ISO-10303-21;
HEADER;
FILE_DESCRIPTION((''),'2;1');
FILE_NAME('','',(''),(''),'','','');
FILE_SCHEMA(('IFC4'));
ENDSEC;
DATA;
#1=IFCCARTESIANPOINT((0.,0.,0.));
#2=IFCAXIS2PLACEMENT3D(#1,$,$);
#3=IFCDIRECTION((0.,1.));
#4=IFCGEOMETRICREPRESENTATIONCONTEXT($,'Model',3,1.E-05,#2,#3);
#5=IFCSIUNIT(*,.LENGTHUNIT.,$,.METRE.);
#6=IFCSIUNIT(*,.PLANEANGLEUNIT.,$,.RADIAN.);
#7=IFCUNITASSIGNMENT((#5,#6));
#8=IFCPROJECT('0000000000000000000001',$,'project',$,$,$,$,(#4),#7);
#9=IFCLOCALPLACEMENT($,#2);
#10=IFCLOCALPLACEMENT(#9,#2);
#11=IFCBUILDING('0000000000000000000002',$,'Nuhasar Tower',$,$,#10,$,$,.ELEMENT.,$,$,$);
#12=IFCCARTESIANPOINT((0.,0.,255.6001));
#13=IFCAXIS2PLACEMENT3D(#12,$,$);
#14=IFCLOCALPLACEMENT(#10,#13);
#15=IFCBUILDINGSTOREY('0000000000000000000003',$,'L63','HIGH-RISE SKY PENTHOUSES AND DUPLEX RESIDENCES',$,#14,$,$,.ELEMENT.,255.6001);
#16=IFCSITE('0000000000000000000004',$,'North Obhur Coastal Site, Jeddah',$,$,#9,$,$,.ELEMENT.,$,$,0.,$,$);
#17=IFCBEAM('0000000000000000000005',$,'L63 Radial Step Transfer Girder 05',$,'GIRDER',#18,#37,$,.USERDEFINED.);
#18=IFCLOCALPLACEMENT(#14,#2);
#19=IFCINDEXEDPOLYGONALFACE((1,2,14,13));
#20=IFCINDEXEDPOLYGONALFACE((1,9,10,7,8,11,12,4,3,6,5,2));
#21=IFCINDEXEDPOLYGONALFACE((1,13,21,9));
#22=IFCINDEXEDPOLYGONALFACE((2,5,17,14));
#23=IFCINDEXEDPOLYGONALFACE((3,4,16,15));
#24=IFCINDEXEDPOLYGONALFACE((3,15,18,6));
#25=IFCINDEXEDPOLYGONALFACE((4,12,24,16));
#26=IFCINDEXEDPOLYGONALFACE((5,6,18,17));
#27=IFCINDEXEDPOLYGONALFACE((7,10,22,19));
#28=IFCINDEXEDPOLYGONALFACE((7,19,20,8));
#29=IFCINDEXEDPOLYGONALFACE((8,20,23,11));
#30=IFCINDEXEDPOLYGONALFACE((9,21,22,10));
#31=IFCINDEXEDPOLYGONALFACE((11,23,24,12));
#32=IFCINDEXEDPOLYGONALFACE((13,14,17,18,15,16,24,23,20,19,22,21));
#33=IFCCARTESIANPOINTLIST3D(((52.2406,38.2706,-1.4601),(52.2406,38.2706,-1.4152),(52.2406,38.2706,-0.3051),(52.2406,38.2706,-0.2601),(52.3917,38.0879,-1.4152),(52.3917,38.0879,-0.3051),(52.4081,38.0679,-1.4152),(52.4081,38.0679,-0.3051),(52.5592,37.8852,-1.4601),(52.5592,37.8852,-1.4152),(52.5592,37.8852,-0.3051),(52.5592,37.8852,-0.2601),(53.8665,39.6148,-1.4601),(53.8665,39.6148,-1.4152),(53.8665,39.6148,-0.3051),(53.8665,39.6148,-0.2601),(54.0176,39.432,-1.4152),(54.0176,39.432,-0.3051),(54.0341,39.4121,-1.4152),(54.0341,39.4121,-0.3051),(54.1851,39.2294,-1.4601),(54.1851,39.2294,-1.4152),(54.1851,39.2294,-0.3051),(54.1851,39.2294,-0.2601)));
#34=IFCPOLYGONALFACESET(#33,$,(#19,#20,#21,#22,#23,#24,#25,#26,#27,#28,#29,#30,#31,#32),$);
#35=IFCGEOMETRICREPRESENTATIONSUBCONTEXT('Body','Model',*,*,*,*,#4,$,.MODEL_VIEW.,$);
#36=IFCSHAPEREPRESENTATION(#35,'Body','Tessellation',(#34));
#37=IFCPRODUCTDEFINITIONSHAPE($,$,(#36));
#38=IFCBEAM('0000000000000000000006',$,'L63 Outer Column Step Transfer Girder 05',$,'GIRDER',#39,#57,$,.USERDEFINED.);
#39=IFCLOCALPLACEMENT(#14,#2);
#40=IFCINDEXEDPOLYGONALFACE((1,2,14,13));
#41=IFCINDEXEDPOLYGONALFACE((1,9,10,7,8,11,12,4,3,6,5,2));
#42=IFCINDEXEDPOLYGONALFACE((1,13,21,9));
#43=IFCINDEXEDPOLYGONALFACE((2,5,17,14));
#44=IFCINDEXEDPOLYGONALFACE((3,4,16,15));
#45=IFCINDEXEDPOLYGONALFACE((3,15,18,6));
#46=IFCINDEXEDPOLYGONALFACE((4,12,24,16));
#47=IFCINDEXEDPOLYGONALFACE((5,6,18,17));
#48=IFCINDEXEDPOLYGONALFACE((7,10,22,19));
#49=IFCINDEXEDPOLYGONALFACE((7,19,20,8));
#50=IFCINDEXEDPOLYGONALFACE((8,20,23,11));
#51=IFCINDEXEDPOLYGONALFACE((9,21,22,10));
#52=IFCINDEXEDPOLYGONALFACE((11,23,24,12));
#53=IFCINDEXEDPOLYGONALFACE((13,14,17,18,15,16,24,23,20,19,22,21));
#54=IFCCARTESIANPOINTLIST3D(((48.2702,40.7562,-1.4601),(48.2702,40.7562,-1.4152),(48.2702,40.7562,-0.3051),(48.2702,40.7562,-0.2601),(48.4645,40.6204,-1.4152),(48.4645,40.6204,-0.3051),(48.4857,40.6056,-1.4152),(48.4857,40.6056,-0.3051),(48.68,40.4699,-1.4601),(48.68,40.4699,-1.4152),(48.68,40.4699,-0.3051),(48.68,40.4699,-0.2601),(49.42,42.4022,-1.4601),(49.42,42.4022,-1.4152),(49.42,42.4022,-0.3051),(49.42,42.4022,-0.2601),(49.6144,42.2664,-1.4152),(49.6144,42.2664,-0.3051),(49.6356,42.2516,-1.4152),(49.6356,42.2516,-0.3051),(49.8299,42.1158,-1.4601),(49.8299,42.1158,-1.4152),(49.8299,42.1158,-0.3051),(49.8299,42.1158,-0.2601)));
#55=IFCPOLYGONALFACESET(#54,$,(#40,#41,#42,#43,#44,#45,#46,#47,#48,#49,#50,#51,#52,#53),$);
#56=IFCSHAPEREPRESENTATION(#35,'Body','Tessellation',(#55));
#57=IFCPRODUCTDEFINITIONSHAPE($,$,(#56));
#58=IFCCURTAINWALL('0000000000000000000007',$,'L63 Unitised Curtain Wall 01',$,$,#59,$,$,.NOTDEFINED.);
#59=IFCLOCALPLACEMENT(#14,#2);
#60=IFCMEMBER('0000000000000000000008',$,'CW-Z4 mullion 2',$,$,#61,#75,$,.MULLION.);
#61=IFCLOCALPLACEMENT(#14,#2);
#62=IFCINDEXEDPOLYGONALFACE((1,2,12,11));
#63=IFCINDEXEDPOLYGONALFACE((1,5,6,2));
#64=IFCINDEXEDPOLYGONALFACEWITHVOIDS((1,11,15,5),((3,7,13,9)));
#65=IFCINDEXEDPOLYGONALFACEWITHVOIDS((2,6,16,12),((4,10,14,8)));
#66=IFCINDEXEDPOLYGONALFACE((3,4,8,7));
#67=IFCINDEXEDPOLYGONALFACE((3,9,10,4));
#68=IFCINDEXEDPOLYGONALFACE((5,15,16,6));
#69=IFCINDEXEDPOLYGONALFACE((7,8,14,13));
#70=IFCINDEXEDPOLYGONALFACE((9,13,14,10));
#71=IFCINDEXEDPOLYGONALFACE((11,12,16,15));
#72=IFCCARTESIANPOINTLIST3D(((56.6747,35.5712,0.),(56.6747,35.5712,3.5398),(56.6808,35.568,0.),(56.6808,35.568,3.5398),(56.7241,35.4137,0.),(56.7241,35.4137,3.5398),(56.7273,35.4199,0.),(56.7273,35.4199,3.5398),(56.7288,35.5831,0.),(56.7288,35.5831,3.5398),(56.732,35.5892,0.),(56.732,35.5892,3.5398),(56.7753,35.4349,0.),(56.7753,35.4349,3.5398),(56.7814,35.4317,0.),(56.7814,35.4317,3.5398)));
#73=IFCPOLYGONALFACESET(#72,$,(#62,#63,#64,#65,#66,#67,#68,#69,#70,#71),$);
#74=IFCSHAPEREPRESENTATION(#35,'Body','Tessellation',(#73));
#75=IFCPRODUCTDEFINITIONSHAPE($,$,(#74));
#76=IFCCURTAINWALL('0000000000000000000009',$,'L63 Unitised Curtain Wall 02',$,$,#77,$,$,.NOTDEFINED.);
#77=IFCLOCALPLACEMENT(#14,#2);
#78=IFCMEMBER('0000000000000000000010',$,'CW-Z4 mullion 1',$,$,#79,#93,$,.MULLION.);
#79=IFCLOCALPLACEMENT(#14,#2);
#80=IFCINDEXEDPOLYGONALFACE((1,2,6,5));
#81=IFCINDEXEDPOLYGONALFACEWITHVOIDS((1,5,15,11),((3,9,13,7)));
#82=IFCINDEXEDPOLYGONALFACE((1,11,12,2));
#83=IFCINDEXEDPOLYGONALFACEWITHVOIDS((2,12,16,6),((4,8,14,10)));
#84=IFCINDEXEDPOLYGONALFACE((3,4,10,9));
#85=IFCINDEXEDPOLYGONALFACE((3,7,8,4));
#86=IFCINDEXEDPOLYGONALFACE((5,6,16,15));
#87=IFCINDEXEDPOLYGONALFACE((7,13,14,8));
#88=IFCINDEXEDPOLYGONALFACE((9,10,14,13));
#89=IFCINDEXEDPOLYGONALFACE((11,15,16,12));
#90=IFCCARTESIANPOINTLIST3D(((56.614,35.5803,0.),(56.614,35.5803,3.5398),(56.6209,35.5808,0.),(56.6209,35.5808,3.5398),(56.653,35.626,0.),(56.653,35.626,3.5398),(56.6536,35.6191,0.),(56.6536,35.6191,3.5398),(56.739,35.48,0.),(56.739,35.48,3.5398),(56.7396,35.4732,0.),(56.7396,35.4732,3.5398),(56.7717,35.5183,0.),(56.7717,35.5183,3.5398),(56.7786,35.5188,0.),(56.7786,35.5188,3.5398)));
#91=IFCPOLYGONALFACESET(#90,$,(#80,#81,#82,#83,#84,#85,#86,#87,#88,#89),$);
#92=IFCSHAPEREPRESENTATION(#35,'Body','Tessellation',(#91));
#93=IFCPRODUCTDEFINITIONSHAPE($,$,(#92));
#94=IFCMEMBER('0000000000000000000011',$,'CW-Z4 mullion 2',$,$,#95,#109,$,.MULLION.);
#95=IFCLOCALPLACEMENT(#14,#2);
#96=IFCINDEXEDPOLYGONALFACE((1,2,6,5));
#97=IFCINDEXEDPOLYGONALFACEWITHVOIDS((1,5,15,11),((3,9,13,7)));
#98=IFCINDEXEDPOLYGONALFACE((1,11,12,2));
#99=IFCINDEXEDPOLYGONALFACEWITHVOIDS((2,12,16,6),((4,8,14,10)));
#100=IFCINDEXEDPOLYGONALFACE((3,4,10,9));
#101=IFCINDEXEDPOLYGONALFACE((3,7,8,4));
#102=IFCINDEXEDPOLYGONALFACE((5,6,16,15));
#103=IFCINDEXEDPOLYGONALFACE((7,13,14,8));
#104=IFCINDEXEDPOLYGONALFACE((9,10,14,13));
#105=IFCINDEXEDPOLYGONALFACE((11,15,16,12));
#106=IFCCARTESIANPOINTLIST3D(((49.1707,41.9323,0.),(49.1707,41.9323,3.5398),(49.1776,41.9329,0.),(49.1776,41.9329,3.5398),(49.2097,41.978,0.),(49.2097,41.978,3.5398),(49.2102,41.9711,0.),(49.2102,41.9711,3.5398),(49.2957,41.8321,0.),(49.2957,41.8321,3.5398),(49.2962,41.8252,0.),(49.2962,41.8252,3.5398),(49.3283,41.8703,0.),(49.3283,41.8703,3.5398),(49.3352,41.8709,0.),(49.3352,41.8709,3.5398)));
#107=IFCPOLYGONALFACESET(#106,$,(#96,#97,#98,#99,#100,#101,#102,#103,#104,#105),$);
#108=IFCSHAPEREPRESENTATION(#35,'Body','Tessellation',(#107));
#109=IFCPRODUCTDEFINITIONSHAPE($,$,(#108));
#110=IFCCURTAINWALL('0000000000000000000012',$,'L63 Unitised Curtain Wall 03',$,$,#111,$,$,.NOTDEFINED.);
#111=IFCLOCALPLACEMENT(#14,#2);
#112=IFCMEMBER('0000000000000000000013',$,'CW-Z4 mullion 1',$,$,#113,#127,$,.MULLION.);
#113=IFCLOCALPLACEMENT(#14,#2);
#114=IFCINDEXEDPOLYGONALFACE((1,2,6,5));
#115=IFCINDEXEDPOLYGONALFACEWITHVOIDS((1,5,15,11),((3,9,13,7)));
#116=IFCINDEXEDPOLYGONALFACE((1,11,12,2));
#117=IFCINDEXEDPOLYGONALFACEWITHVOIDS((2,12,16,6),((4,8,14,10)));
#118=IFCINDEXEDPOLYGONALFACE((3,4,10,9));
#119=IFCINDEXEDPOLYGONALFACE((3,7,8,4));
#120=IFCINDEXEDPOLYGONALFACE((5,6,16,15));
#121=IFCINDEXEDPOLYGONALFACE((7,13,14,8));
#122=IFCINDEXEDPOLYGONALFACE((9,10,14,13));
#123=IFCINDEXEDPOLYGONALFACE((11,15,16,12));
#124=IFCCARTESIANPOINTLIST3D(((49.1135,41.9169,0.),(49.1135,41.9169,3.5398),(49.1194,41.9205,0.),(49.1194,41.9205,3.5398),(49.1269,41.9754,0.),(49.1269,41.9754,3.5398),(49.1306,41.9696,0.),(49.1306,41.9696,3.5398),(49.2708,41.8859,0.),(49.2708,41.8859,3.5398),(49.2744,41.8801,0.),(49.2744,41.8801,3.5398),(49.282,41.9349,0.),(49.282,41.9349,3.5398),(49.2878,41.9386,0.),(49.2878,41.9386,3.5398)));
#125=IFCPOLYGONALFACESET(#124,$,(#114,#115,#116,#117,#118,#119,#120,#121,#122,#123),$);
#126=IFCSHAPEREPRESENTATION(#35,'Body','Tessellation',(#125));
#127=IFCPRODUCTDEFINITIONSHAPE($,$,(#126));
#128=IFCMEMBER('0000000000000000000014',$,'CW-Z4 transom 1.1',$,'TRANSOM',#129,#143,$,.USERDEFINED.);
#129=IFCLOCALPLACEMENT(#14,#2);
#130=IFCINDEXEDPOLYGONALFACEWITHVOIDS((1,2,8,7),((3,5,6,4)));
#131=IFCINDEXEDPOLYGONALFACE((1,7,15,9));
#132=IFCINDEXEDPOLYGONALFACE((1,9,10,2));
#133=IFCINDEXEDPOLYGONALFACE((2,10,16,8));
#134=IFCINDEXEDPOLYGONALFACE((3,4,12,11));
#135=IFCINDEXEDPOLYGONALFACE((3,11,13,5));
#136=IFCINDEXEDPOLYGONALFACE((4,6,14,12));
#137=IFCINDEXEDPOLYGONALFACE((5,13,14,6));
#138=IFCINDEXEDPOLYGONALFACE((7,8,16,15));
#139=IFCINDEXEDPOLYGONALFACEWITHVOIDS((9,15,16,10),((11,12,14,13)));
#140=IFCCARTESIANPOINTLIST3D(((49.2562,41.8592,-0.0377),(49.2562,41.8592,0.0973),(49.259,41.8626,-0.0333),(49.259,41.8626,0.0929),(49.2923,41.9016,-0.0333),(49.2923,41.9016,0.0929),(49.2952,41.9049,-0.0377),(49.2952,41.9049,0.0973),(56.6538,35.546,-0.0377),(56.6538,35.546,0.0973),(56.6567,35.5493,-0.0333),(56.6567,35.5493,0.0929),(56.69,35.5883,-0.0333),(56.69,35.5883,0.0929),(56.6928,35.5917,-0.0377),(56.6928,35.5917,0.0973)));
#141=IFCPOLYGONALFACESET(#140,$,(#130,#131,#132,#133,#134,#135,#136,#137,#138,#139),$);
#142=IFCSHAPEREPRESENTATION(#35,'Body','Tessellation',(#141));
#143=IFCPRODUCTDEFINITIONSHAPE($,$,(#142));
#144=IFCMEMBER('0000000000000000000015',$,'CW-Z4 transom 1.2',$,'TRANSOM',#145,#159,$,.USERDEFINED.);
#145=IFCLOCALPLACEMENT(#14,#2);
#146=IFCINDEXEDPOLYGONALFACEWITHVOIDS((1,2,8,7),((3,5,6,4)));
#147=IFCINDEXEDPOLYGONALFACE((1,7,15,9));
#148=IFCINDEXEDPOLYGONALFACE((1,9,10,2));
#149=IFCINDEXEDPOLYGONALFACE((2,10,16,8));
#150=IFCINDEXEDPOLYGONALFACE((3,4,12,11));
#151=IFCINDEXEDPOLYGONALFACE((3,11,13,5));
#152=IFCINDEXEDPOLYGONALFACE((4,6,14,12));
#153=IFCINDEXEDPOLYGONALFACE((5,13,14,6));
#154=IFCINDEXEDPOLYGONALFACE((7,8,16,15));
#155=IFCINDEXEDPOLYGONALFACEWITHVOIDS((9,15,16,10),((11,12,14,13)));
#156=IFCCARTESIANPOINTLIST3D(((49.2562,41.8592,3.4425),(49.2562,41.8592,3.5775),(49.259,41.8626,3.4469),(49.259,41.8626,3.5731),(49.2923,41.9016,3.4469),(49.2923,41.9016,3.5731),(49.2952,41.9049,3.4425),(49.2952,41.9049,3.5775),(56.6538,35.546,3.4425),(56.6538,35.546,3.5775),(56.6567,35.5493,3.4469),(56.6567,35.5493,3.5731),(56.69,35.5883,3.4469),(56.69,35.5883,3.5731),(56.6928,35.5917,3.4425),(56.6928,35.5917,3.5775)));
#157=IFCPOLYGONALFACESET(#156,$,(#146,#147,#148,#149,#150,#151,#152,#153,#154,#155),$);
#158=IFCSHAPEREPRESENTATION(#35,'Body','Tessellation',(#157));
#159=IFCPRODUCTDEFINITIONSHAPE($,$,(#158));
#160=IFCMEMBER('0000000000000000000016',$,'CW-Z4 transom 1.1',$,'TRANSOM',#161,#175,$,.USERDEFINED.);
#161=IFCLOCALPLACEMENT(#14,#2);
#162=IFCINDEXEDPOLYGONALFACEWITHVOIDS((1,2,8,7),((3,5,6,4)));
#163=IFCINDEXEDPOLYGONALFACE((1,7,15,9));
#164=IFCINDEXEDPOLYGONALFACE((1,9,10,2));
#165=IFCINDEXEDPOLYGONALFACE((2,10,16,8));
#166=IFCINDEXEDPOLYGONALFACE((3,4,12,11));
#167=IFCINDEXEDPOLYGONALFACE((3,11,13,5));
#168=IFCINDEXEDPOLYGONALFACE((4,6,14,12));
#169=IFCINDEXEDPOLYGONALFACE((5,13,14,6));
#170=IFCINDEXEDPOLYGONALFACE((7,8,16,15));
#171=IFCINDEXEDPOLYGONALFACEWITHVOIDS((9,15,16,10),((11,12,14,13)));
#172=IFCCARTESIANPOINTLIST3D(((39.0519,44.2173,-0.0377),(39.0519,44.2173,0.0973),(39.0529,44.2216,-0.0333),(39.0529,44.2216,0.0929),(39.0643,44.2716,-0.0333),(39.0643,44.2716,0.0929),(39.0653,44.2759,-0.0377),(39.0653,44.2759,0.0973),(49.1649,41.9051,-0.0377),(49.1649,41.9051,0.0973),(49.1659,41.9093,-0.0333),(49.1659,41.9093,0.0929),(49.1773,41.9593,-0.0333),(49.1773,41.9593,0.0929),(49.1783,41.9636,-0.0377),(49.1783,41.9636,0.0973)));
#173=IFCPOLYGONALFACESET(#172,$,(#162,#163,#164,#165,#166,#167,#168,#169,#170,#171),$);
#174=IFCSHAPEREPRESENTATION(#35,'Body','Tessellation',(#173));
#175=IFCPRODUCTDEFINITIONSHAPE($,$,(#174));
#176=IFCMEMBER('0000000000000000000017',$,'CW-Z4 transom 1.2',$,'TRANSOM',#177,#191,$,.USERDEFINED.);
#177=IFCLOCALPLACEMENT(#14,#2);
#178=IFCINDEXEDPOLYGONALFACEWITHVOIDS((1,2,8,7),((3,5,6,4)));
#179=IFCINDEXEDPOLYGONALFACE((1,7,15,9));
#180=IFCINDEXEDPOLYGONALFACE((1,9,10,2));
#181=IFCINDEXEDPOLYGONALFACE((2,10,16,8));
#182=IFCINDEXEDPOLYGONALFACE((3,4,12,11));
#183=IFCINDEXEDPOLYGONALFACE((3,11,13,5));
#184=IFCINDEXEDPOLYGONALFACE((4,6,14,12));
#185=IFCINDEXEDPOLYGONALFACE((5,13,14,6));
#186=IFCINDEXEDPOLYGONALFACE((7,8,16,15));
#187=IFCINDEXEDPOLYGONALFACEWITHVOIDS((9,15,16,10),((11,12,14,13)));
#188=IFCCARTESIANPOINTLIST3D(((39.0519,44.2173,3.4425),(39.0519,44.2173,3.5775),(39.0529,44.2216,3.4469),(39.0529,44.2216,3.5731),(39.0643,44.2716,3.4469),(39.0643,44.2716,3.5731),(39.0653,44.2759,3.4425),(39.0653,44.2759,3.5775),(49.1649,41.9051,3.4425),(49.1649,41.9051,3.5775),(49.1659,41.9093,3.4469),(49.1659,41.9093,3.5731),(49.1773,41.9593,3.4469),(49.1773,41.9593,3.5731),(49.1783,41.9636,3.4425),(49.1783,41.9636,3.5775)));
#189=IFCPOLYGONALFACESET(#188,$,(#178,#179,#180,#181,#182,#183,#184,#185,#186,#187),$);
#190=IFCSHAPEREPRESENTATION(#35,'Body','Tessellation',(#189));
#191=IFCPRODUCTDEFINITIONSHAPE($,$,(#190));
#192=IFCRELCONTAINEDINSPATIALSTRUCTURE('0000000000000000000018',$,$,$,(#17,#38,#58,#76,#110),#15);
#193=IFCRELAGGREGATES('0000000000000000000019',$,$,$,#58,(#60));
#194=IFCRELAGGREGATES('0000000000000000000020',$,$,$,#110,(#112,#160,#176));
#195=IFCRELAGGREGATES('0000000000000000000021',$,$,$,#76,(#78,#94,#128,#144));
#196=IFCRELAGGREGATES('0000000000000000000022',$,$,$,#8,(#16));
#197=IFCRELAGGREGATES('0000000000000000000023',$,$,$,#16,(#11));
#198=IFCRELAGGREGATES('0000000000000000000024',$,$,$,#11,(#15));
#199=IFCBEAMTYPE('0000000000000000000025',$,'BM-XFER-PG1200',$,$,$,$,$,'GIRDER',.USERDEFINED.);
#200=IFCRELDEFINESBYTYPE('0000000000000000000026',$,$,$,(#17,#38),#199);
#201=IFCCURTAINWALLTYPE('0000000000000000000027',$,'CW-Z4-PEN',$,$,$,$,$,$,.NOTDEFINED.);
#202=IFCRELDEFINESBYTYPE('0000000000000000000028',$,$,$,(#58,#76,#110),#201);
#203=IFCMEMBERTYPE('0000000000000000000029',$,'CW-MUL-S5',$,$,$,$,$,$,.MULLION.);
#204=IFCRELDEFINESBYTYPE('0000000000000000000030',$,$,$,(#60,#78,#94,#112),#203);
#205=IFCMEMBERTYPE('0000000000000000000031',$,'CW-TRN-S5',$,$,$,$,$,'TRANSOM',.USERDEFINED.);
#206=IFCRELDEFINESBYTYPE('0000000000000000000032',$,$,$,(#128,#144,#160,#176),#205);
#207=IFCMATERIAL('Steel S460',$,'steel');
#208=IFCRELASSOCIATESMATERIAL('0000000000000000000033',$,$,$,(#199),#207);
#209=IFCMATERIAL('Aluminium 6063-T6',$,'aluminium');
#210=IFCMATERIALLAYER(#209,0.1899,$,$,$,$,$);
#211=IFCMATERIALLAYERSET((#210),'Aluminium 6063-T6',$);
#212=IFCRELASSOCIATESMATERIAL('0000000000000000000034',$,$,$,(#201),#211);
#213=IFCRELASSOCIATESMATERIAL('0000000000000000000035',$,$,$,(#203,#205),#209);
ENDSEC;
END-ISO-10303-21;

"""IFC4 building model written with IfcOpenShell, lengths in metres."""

from ifc_helpers import new_model, si_unit, direction, frame, origin, origin_2d, place, context, subcontext, project, spatial, hollow_rectangle, i_section, extrude, material, layer, layer_set, material_profile, profile_set, type_object, element, aggregate, save


model = new_model("IFC4")

# Units and contexts
model_context = context("Model", 3, precision=1e-05, world=origin(), true_north=direction((0.0, 1.0)))
body_context = subcontext(model_context, "Body", "Model", "MODEL_VIEW")
ifc_project = project(units=[si_unit("LENGTHUNIT", "METRE"), si_unit("PLANEANGLEUNIT", "RADIAN")], contexts=[model_context])

# Site, building, storey
site_placement = place(None, origin())
site = spatial("IfcSite", under=ifc_project, at=site_placement, Name="North Obhur Coastal Site, Jeddah", CompositionType="ELEMENT", RefElevation=0.0)
building_placement = place(site_placement, origin())
building = spatial("IfcBuilding", under=site, at=building_placement, Name="Nuhasar Tower", CompositionType="ELEMENT")
storey_placement = place(building_placement, frame((0.0, 0.0, 255.6001)))
storey = spatial("IfcBuildingStorey", under=building, at=storey_placement, Name="L63", Description="HIGH-RISE SKY PENTHOUSES AND DUPLEX RESIDENCES", CompositionType="ELEMENT", Elevation=255.6001)

# Beams
ifc_material_1 = material(Name="Steel S460", Category="steel")
ifc_material_profile_1 = material_profile(ifc_material_1, i_section(OverallWidth=0.5, OverallDepth=1.2, WebThickness=0.0259, FlangeThickness=0.0449, at=origin_2d()), Name="PG1200X500")
ifc_profile_set_1 = profile_set([ifc_material_profile_1], Name="Steel S460")
beam_type_1 = type_object("IfcBeamType", Name="BM-XFER-PG1200", ElementType="GIRDER", PredefinedType="USERDEFINED", material=ifc_profile_set_1)
beam_1_placement = place(storey_placement, frame((52.3999, 38.0779, -0.8601), z_axis=(0.77072, 0.637174, 0.0), x_axis=(-0.637174, 0.77072, 0.0)))
element("IfcBeam", 1, at=beam_1_placement, inside=storey, type_object=beam_type_1, Name="L63 Radial Step Transfer Girder 05", ObjectType="GIRDER", PredefinedType="USERDEFINED", context=body_context, shape_type="SweptSolid", body=[
    extrude(i_section(OverallWidth=0.5, OverallDepth=1.2, WebThickness=0.0259, FlangeThickness=0.0449, at=origin_2d()), origin(), (0.0, 0.0, 1.0), 2.1096),
])
beam_2_placement = place(storey_placement, frame((48.4751, 40.613, -0.8601), z_axis=(0.572695, 0.819769, 0.0), x_axis=(-0.819769, 0.572695, 0.0)))
element("IfcBeam", 2, at=beam_2_placement, inside=storey, type_object=beam_type_1, Name="L63 Outer Column Step Transfer Girder 05", ObjectType="GIRDER", PredefinedType="USERDEFINED", context=body_context, shape_type="SweptSolid", body=[
    extrude(i_section(OverallWidth=0.5, OverallDepth=1.2, WebThickness=0.0259, FlangeThickness=0.0449, at=origin_2d()), origin(), (0.0, 0.0, 1.0), 2.0078),
])

# Curtain wall, member
ifc_material_2 = material(Name="Aluminium 6063-T6", Category="aluminium")
ifc_layer_1 = layer(ifc_material_2, 0.1899)
ifc_layer_set_1 = layer_set([ifc_layer_1], Name="Aluminium 6063-T6")
curtain_wall_type = type_object("IfcCurtainWallType", Name="CW-Z4-PEN", PredefinedType="NOTDEFINED", material=ifc_layer_set_1)
curtain_wall_1_placement = place(storey_placement, origin())
curtain_wall_1 = element("IfcCurtainWall", 3, at=curtain_wall_1_placement, inside=storey, type_object=curtain_wall_type, Name="L63 Unitised Curtain Wall 01", PredefinedType="NOTDEFINED")
ifc_material_profile_2 = material_profile(ifc_material_2, hollow_rectangle(XDim=0.0601, YDim=0.165, WallThickness=0.0049, at=origin_2d()), Name="CWM-5")
ifc_profile_set_2 = profile_set([ifc_material_profile_2], Name="Aluminium 6063-T6")
member_type_1 = type_object("IfcMemberType", Name="CW-MUL-S5", PredefinedType="MULLION", material=ifc_profile_set_2)
member_1_placement = place(storey_placement, frame((56.728, 35.5015, 0.0), z_axis=(0.0, 0.0, 1.0), x_axis=(-0.954079, -0.299557, 0.0)))
member_1 = element("IfcMember", 4, at=member_1_placement, type_object=member_type_1, Name="CW-Z4 mullion 2", PredefinedType="MULLION", context=body_context, shape_type="SweptSolid", body=[
    extrude(hollow_rectangle(XDim=0.0601, YDim=0.165, WallThickness=0.0049, at=origin_2d()), origin(), (0.0, 0.0, 1.0), 3.5398),
])
aggregate(curtain_wall_1, [member_1])

# Curtain wall, members
curtain_wall_2_placement = place(storey_placement, origin())
curtain_wall_2 = element("IfcCurtainWall", 5, at=curtain_wall_2_placement, inside=storey, type_object=curtain_wall_type, Name="L63 Unitised Curtain Wall 02", PredefinedType="NOTDEFINED")
member_2_placement = place(storey_placement, frame((56.6963, 35.5496, 0.0), z_axis=(0.0, 0.0, 1.0), x_axis=(-0.649142, -0.760667, 0.0)))
member_2 = element("IfcMember", 6, at=member_2_placement, type_object=member_type_1, Name="CW-Z4 mullion 1", PredefinedType="MULLION", context=body_context, shape_type="SweptSolid", body=[
    extrude(hollow_rectangle(XDim=0.0601, YDim=0.165, WallThickness=0.0049, at=origin_2d()), origin(), (0.0, 0.0, 1.0), 3.5398),
])
member_3_placement = place(storey_placement, frame((49.2529, 41.9016, 0.0), z_axis=(0.0, 0.0, 1.0), x_axis=(-0.649142, -0.760667, 0.0)))
member_3 = element("IfcMember", 7, at=member_3_placement, type_object=member_type_1, Name="CW-Z4 mullion 2", PredefinedType="MULLION", context=body_context, shape_type="SweptSolid", body=[
    extrude(hollow_rectangle(XDim=0.0601, YDim=0.165, WallThickness=0.0049, at=origin_2d()), origin(), (0.0, 0.0, 1.0), 3.5398),
])

# Curtain wall, member
curtain_wall_3_placement = place(storey_placement, origin())
curtain_wall_3 = element("IfcCurtainWall", 8, at=curtain_wall_3_placement, inside=storey, type_object=curtain_wall_type, Name="L63 Unitised Curtain Wall 03", PredefinedType="NOTDEFINED")
member_4_placement = place(storey_placement, frame((49.2007, 41.9277, 0.0), z_axis=(0.0, 0.0, 1.0), x_axis=(-0.222889, -0.974844, 0.0)))
member_4 = element("IfcMember", 9, at=member_4_placement, type_object=member_type_1, Name="CW-Z4 mullion 1", PredefinedType="MULLION", context=body_context, shape_type="SweptSolid", body=[
    extrude(hollow_rectangle(XDim=0.0601, YDim=0.165, WallThickness=0.0049, at=origin_2d()), origin(), (0.0, 0.0, 1.0), 3.5398),
])

# Members
ifc_material_profile_3 = material_profile(ifc_material_2, hollow_rectangle(XDim=0.0601, YDim=0.135, WallThickness=0.0044, at=origin_2d()), Name="CWT-5")
ifc_profile_set_3 = profile_set([ifc_material_profile_3], Name="Aluminium 6063-T6")
member_type_2 = type_object("IfcMemberType", Name="CW-TRN-S5", ElementType="TRANSOM", PredefinedType="USERDEFINED", material=ifc_profile_set_3)
member_5_placement = place(storey_placement, frame((56.6733, 35.5688, 0.0298), z_axis=(-0.76066, 0.64915, 0.0), x_axis=(-0.64915, -0.76066, 0.0)))
member_5 = element("IfcMember", 10, at=member_5_placement, type_object=member_type_2, Name="CW-Z4 transom 1.1", ObjectType="TRANSOM", PredefinedType="USERDEFINED", context=body_context, shape_type="SweptSolid", body=[
    extrude(hollow_rectangle(XDim=0.0601, YDim=0.135, WallThickness=0.0044, at=origin_2d()), origin(), (0.0, 0.0, 1.0), 9.7253),
])
member_6_placement = place(storey_placement, frame((56.6733, 35.5688, 3.51), z_axis=(-0.76066, 0.64915, 0.0), x_axis=(-0.64915, -0.76066, 0.0)))
member_6 = element("IfcMember", 11, at=member_6_placement, type_object=member_type_2, Name="CW-Z4 transom 1.2", ObjectType="TRANSOM", PredefinedType="USERDEFINED", context=body_context, shape_type="SweptSolid", body=[
    extrude(hollow_rectangle(XDim=0.0601, YDim=0.135, WallThickness=0.0044, at=origin_2d()), origin(), (0.0, 0.0, 1.0), 9.7253),
])
member_7_placement = place(storey_placement, frame((49.1716, 41.9343, 0.0298), z_axis=(-0.974844, 0.222889, 0.0), x_axis=(-0.222889, -0.974844, 0.0)))
member_7 = element("IfcMember", 12, at=member_7_placement, type_object=member_type_2, Name="CW-Z4 transom 1.1", ObjectType="TRANSOM", PredefinedType="USERDEFINED", context=body_context, shape_type="SweptSolid", body=[
    extrude(hollow_rectangle(XDim=0.0601, YDim=0.135, WallThickness=0.0044, at=origin_2d()), origin(), (0.0, 0.0, 1.0), 10.374),
])
member_8_placement = place(storey_placement, frame((49.1716, 41.9343, 3.51), z_axis=(-0.974844, 0.222889, 0.0), x_axis=(-0.222889, -0.974844, 0.0)))
member_8 = element("IfcMember", 13, at=member_8_placement, type_object=member_type_2, Name="CW-Z4 transom 1.2", ObjectType="TRANSOM", PredefinedType="USERDEFINED", context=body_context, shape_type="SweptSolid", body=[
    extrude(hollow_rectangle(XDim=0.0601, YDim=0.135, WallThickness=0.0044, at=origin_2d()), origin(), (0.0, 0.0, 1.0), 10.374),
])
aggregate(curtain_wall_3, [member_4, member_7, member_8])

aggregate(curtain_wall_2, [member_2, member_3, member_5, member_6])

save(model, "model.ifc")
